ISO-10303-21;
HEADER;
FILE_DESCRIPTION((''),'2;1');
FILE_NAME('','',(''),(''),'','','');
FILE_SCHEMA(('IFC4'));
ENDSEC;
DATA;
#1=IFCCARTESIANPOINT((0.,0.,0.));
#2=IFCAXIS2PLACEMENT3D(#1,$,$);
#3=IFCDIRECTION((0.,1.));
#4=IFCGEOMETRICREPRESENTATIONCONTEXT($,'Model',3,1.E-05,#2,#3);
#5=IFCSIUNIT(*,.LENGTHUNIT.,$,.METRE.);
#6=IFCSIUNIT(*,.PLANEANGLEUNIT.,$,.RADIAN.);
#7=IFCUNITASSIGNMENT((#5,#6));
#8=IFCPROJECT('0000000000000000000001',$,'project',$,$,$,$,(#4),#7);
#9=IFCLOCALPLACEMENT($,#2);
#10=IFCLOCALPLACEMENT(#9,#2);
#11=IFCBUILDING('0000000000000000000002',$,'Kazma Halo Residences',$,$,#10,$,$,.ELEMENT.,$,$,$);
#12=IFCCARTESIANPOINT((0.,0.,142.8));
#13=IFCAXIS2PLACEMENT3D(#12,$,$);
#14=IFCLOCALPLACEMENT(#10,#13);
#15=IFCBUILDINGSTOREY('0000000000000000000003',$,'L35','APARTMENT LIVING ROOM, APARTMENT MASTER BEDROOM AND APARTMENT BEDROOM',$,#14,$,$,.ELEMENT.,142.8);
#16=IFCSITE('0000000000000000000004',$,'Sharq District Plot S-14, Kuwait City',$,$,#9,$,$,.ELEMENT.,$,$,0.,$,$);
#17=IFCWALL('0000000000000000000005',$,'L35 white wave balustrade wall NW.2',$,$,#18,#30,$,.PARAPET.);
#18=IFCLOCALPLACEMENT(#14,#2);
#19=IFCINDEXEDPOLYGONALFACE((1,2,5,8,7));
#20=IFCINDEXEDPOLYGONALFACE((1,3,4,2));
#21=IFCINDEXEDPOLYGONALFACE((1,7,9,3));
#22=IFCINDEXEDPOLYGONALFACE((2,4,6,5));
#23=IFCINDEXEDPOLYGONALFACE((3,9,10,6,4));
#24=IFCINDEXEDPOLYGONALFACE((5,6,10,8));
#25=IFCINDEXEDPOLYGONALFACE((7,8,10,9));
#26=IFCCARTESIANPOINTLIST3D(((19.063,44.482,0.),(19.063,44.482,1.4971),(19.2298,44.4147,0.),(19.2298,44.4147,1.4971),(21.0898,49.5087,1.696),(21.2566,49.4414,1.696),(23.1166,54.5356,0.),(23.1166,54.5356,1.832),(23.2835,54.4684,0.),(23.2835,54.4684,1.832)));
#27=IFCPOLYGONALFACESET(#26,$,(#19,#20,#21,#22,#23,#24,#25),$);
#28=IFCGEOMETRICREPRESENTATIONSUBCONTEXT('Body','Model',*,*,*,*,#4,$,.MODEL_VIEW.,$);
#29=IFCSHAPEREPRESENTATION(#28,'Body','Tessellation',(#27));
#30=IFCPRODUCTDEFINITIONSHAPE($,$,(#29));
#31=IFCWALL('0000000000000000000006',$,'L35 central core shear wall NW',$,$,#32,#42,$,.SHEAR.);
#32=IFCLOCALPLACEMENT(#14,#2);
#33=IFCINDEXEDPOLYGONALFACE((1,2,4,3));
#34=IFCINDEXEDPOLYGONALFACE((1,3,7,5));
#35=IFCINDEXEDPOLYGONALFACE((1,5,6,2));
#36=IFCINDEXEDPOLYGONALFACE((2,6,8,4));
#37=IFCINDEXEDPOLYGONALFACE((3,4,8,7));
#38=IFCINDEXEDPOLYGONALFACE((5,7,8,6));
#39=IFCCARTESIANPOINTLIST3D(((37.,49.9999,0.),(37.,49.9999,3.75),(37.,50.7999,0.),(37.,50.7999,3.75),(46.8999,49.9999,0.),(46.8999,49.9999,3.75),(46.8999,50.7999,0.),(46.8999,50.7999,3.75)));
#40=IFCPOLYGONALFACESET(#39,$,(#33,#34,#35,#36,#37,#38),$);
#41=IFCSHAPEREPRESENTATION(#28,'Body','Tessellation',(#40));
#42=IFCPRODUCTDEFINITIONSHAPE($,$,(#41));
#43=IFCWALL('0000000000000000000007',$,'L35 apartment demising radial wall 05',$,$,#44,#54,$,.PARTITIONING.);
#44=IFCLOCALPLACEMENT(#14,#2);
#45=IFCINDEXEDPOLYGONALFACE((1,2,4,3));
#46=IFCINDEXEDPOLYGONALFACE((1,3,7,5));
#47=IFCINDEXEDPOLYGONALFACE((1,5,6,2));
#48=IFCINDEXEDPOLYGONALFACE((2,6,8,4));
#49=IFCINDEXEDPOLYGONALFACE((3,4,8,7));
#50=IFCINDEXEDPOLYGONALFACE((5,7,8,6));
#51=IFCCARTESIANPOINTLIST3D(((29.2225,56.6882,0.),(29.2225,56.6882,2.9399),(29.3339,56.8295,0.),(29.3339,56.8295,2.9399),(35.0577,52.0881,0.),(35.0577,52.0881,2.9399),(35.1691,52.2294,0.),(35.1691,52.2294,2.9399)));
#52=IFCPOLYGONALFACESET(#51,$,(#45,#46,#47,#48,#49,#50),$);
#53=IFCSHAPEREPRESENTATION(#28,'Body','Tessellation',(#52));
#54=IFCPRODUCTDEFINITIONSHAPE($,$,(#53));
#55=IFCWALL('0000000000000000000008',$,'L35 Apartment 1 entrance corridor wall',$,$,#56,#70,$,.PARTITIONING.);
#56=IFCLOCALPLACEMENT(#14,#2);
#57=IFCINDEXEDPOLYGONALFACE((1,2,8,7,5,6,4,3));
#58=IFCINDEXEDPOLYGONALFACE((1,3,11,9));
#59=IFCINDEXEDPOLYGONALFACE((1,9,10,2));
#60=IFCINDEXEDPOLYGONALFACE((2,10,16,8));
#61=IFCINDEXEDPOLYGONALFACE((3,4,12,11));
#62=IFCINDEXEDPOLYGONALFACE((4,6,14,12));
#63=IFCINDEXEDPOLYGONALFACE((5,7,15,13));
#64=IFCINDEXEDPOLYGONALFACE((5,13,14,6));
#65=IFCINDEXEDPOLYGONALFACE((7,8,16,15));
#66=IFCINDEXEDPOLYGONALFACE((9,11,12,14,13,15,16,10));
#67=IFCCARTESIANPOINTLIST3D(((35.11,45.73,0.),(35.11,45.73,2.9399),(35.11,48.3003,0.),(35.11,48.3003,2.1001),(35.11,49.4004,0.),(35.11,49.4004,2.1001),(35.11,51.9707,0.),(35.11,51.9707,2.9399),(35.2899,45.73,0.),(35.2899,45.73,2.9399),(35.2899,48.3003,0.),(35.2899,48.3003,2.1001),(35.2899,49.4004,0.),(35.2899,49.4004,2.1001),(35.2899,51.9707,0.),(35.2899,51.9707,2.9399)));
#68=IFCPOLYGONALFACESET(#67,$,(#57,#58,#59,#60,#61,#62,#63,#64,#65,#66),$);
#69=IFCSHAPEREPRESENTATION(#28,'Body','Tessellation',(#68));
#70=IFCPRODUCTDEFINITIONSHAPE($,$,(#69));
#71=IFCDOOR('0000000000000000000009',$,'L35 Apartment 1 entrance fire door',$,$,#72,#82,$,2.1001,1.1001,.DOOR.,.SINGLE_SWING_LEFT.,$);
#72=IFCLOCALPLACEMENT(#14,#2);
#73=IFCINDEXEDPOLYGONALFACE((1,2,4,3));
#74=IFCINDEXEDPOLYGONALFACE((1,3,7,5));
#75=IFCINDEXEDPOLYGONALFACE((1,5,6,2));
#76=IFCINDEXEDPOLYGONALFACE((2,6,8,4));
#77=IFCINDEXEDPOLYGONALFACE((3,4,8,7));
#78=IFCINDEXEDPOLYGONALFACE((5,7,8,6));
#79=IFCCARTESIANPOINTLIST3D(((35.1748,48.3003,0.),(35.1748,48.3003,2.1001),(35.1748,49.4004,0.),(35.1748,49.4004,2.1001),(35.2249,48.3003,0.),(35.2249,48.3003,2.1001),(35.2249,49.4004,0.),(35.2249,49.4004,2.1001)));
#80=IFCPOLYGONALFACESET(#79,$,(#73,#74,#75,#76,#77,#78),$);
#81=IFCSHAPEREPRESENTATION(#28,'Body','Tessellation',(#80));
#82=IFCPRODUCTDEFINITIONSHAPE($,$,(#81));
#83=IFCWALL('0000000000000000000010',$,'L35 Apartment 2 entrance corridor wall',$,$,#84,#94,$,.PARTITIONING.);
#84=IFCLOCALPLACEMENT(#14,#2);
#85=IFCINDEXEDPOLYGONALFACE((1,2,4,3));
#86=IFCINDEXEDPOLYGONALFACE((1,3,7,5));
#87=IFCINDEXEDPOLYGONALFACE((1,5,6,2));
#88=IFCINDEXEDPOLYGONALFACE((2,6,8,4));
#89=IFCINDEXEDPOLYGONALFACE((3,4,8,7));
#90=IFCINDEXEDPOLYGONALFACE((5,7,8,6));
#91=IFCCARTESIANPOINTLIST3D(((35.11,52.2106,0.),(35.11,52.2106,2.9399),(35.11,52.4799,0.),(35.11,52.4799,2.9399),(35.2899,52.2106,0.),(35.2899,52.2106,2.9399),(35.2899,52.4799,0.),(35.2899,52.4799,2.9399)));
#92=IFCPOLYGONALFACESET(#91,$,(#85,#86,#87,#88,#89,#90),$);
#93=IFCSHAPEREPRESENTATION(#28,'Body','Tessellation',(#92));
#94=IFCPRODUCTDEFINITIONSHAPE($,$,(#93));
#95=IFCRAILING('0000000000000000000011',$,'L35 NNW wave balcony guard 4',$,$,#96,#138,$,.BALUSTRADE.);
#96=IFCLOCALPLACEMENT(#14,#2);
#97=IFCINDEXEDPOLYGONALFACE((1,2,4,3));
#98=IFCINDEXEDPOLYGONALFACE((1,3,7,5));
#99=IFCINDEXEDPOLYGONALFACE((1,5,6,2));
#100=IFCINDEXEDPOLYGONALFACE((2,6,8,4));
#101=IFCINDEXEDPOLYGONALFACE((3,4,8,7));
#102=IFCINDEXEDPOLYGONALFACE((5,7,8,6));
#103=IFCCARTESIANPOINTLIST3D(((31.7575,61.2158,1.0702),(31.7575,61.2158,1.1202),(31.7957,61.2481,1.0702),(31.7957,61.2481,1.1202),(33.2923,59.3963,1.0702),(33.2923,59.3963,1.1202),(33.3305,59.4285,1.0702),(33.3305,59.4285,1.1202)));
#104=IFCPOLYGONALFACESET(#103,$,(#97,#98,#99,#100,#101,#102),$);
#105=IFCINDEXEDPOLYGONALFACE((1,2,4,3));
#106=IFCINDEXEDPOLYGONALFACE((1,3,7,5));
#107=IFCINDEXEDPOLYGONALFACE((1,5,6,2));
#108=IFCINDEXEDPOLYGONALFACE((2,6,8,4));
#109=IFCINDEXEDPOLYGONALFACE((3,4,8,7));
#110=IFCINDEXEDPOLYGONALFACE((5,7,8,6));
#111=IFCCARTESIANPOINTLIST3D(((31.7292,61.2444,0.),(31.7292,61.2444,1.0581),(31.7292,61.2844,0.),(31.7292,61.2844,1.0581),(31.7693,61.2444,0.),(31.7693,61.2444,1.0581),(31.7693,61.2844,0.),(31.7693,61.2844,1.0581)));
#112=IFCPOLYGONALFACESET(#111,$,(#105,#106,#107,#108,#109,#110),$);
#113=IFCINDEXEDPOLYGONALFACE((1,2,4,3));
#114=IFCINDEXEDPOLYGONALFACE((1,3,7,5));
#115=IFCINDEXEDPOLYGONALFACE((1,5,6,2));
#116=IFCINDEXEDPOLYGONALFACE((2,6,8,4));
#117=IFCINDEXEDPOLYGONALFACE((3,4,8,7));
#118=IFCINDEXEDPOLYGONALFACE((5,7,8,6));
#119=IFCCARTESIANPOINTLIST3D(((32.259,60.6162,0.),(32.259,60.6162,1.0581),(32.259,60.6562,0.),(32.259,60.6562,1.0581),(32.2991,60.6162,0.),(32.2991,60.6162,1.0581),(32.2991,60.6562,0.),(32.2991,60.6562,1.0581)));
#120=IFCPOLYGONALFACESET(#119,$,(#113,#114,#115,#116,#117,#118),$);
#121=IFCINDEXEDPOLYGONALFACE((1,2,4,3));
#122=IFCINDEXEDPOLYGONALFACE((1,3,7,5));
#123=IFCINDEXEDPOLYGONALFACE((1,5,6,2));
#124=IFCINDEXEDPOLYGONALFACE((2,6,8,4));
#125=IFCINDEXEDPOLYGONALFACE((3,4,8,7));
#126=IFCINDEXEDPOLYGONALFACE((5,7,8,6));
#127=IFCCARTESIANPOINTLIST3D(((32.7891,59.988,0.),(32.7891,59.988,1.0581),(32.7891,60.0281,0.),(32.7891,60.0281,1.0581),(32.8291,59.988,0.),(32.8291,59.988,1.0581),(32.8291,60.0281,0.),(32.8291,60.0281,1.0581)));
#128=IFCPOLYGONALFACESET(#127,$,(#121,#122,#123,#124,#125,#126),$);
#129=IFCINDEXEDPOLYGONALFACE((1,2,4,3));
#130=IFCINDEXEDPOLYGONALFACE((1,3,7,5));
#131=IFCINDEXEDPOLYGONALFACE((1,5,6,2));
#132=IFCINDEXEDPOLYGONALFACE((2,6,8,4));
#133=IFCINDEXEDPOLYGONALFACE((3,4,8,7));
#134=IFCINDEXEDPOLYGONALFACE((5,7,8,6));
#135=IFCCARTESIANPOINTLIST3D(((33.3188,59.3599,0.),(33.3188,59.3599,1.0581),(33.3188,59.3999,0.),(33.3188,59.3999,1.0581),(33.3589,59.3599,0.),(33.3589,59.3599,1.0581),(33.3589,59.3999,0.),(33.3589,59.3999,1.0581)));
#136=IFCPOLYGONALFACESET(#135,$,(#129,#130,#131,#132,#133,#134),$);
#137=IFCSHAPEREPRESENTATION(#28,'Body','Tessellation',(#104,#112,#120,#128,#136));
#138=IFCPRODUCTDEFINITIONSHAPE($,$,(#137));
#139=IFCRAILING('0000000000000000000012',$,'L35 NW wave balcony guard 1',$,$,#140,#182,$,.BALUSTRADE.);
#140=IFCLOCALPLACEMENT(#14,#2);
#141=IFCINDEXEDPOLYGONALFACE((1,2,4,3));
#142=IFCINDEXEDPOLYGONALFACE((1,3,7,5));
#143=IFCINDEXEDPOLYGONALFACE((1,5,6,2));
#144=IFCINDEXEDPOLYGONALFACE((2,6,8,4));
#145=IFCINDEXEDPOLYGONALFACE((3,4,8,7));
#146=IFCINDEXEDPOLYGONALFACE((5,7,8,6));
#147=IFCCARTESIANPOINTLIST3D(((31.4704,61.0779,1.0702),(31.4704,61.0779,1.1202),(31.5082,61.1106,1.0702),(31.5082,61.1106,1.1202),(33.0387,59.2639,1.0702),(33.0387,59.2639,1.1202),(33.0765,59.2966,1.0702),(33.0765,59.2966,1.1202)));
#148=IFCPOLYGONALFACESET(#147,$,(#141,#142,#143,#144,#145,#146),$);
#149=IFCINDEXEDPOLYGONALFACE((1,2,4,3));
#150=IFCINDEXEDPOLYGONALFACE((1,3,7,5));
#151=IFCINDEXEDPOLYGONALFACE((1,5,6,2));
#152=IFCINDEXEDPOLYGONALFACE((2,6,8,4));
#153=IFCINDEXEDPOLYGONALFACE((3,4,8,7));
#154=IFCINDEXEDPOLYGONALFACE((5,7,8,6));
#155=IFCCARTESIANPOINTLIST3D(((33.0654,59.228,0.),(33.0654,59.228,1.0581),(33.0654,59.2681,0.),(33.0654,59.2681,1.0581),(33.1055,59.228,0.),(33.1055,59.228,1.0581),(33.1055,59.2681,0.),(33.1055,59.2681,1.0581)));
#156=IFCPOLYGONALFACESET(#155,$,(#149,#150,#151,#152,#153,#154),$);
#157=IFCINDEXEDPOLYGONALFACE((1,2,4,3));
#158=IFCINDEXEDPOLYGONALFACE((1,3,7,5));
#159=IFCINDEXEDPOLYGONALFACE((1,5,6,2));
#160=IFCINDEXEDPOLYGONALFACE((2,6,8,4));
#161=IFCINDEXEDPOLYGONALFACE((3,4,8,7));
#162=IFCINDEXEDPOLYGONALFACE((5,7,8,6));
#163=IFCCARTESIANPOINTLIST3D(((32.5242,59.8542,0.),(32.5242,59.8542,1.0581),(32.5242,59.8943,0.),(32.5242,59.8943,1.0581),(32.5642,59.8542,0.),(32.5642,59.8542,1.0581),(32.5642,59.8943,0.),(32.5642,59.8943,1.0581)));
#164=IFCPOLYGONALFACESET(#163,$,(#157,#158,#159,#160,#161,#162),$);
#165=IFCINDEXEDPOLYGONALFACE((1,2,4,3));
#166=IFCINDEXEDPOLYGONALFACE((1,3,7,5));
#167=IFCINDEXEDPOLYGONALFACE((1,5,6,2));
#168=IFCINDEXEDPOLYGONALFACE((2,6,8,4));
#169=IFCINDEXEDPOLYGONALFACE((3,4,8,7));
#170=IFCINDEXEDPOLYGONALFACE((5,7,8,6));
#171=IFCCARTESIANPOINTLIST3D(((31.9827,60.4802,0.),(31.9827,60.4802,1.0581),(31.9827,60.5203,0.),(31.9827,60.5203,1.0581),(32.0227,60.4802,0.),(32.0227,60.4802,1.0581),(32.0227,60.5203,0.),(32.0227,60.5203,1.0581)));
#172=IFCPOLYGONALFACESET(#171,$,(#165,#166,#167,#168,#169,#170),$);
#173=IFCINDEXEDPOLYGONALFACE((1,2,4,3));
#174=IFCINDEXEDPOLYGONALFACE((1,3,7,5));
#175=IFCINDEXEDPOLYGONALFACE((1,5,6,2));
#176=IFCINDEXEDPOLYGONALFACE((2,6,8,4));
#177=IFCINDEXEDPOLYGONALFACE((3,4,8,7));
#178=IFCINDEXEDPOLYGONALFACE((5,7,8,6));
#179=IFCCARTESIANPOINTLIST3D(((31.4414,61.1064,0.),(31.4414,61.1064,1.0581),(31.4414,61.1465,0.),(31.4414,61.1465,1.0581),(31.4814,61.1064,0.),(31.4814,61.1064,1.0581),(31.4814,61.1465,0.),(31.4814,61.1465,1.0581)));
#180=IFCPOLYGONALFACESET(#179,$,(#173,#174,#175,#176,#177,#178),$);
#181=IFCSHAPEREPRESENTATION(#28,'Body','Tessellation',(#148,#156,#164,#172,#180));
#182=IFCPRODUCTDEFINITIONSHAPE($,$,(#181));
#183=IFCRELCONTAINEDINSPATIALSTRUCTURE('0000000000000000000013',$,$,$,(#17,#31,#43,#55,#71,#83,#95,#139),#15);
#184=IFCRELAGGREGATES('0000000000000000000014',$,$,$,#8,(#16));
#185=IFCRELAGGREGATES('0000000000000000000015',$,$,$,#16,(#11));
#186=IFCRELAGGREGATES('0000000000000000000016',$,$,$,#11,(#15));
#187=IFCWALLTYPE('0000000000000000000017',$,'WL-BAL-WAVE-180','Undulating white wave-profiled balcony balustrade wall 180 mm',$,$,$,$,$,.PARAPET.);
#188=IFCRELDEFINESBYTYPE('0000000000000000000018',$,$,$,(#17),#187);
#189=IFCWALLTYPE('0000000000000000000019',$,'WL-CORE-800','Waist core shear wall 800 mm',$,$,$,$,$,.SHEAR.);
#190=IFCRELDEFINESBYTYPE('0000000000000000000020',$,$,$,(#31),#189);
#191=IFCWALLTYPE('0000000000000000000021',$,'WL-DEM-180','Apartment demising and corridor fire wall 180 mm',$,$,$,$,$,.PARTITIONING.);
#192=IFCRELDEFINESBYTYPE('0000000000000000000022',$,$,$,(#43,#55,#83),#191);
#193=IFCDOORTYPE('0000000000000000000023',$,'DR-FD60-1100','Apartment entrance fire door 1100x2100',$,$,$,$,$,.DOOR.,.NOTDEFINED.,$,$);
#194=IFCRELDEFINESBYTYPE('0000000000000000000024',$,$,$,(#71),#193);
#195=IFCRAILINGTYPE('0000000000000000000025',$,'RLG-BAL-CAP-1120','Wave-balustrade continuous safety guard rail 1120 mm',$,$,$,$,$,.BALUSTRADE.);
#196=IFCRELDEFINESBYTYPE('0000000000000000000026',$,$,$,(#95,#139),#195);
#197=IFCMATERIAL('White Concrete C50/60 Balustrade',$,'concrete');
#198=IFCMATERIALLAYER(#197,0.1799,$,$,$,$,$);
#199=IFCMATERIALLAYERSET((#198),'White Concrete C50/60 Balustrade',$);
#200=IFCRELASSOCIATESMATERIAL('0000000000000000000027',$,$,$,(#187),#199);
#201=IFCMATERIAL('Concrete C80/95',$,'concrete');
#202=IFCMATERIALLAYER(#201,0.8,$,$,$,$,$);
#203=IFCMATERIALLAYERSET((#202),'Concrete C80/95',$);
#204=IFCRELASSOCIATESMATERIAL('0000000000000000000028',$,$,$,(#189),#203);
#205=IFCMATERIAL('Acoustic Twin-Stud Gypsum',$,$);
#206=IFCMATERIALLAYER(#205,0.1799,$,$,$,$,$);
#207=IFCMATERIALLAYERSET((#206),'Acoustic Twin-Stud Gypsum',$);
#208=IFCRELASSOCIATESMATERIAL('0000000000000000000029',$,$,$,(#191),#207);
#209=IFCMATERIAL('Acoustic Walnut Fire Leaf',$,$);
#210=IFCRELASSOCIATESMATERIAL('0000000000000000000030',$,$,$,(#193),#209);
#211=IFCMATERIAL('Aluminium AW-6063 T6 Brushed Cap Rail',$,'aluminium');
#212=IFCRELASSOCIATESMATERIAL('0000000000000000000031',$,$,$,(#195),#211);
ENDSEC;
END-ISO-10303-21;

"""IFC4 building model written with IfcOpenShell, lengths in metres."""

from ifc_helpers import new_model, si_unit, direction, frame, frame_2d, origin, origin_2d, place, context, subcontext, project, spatial, polyline, rectangle, outline, extrude, material, layer, layer_set, type_object, element, fill, save


model = new_model("IFC4")

# Units and contexts
model_context = context("Model", 3, precision=1e-05, world=origin(), true_north=direction((0.0, 1.0)))
body_context = subcontext(model_context, "Body", "Model", "MODEL_VIEW")
ifc_project = project(units=[si_unit("LENGTHUNIT", "METRE"), si_unit("PLANEANGLEUNIT", "RADIAN")], contexts=[model_context])

# Site, building, storey
site_placement = place(None, origin())
site = spatial("IfcSite", under=ifc_project, at=site_placement, Name="Sharq District Plot S-14, Kuwait City", CompositionType="ELEMENT", RefElevation=0.0)
building_placement = place(site_placement, origin())
building = spatial("IfcBuilding", under=site, at=building_placement, Name="Kazma Halo Residences", CompositionType="ELEMENT")
storey_placement = place(building_placement, frame((0.0, 0.0, 142.8)))
storey = spatial("IfcBuildingStorey", under=building, at=storey_placement, Name="L35", Description="APARTMENT LIVING ROOM, APARTMENT MASTER BEDROOM AND APARTMENT BEDROOM", CompositionType="ELEMENT", Elevation=142.8)

# Shared definitions
ifc_material_1 = material(Name="Concrete C80/95", Category="concrete")

# Walls
ifc_material_2 = material(Name="White Concrete C50/60 Balustrade", Category="concrete")
ifc_layer_1 = layer(ifc_material_2, 0.1799)
ifc_layer_set_1 = layer_set([ifc_layer_1], Name="White Concrete C50/60 Balustrade")
wall_type_1 = type_object("IfcWallType", Name="WL-BAL-WAVE-180", Description="Undulating white wave-profiled balcony balustrade wall 180 mm", PredefinedType="PARAPET", material=ifc_layer_set_1)
wall_1_placement = place(storey_placement, frame((23.2002, 54.502, 0.0), z_axis=(0.0, 0.0, 1.0), x_axis=(-0.373952, -0.927448, 0.0)))
element("IfcWall", 1, at=wall_1_placement, inside=storey, type_object=wall_type_1, Name="L35 white wave balustrade wall NW.2", PredefinedType="PARAPET", context=body_context, shape_type="SweptSolid", body=[
    extrude(outline(polyline([(0.0, 0.0), (10.8401, 0.0), (10.8401, 1.4971), (5.4202, 1.696), (0.0, 1.832), (0.0, 0.0)])), frame((0.0, 0.0898, 0.0), z_axis=(0.0, -1.0, 0.0), x_axis=(1.0, 0.0, 0.0)), (0.0, 0.0, 1.0), 0.1799),
])
ifc_layer_2 = layer(ifc_material_1, 0.8)
ifc_layer_set_2 = layer_set([ifc_layer_2], Name="Concrete C80/95")
wall_type_2 = type_object("IfcWallType", Name="WL-CORE-800", Description="Waist core shear wall 800 mm", PredefinedType="SHEAR", material=ifc_layer_set_2)
wall_2_placement = place(storey_placement, frame((37.0, 50.3999, 0.0), z_axis=(0.0, 0.0, 1.0), x_axis=(1.0, 0.0, 0.0)))
element("IfcWall", 2, at=wall_2_placement, inside=storey, type_object=wall_type_2, Name="L35 central core shear wall NW", PredefinedType="SHEAR", context=body_context, shape_type="SweptSolid", body=[
    extrude(rectangle(XDim=9.8999, YDim=0.8, at=frame_2d((4.95, 0.0))), origin(), (0.0, 0.0, 1.0), 3.75),
])
ifc_material_3 = material(Name="Acoustic Twin-Stud Gypsum")
ifc_layer_3 = layer(ifc_material_3, 0.1799)
ifc_layer_set_3 = layer_set([ifc_layer_3], Name="Acoustic Twin-Stud Gypsum")
wall_type_3 = type_object("IfcWallType", Name="WL-DEM-180", Description="Apartment demising and corridor fire wall 180 mm", PredefinedType="PARTITIONING", material=ifc_layer_set_3)
wall_3_placement = place(storey_placement, frame((35.1135, 52.1587, 0.0), z_axis=(0.0, 0.0, 1.0), x_axis=(-0.785317, 0.619093, 0.0)))
element("IfcWall", 3, at=wall_3_placement, inside=storey, type_object=wall_type_3, Name="L35 apartment demising radial wall 05", PredefinedType="PARTITIONING", context=body_context, shape_type="SweptSolid", body=[
    extrude(rectangle(XDim=7.4304, YDim=0.1799, at=frame_2d((3.7153, 0.0))), origin(), (0.0, 0.0, 1.0), 2.9399),
])

# Wall, opening, door
wall_4_placement = place(storey_placement, frame((35.2, 51.9707, 0.0), z_axis=(0.0, 0.0, 1.0), x_axis=(0.0, -1.0, 0.0)))
wall_4 = element("IfcWall", 4, at=wall_4_placement, inside=storey, type_object=wall_type_3, Name="L35 Apartment 1 entrance corridor wall", PredefinedType="PARTITIONING", context=body_context, shape_type="SweptSolid", body=[
    extrude(rectangle(XDim=6.2407, YDim=0.1799, at=frame_2d((3.1204, 0.0))), origin(), (0.0, 0.0, 1.0), 2.9399),
])
opening_1_placement = place(wall_4_placement, frame((2.5703, 0.0, 0.0)))
opening_1 = element("IfcOpeningElement", 5, at=opening_1_placement, cuts=wall_4, PredefinedType="OPENING", context=body_context, shape_type="SweptSolid", body=[
    extrude(rectangle(XDim=1.1001, YDim=2.1001, at=frame_2d((0.55, 1.05))), frame((0.0, 0.0999, 0.0), z_axis=(0.0, -1.0, 0.0), x_axis=(1.0, 0.0, 0.0)), (0.0, 0.0, 1.0), 0.2),
])
ifc_material_4 = material(Name="Acoustic Walnut Fire Leaf")
door_type_1 = type_object("IfcDoorType", Name="DR-FD60-1100", Description="Apartment entrance fire door 1100x2100", OperationType="NOTDEFINED", PredefinedType="DOOR", material=ifc_material_4)
door_1_placement = place(opening_1_placement, origin())
door_1 = element("IfcDoor", 6, at=door_1_placement, inside=storey, type_object=door_type_1, Name="L35 Apartment 1 entrance fire door", OperationType="SINGLE_SWING_LEFT", OverallHeight=2.1001, OverallWidth=1.1001, PredefinedType="DOOR", context=body_context, shape_type="SweptSolid", body=[
    extrude(rectangle(XDim=1.1001, YDim=2.1001, at=frame_2d((0.55, 1.05))), frame((0.0, 0.0249, 0.0), z_axis=(0.0, -1.0, 0.0), x_axis=(1.0, 0.0, 0.0)), (0.0, 0.0, 1.0), 0.05),
])
fill(opening_1, door_1)

# Wall
wall_5_placement = place(storey_placement, frame((35.2, 52.48, 0.0), z_axis=(0.0, 0.0, 1.0), x_axis=(0.0, -1.0, 0.0)))
element("IfcWall", 7, at=wall_5_placement, inside=storey, type_object=wall_type_3, Name="L35 Apartment 2 entrance corridor wall", PredefinedType="PARTITIONING", context=body_context, shape_type="SweptSolid", body=[
    extrude(rectangle(XDim=0.2693, YDim=0.1799, at=frame_2d((0.1348, 0.0))), origin(), (0.0, 0.0, 1.0), 2.9399),
])

# Railings
ifc_material_5 = material(Name="Aluminium AW-6063 T6 Brushed Cap Rail", Category="aluminium")
railing_type = type_object("IfcRailingType", Name="RLG-BAL-CAP-1120", Description="Wave-balustrade continuous safety guard rail 1120 mm", PredefinedType="BALUSTRADE", material=ifc_material_5)
railing_1_placement = place(storey_placement, frame((31.7493, 61.2644, 0.0)))
element("IfcRailing", 8, at=railing_1_placement, inside=storey, type_object=railing_type, Name="L35 NNW wave balcony guard 4", PredefinedType="BALUSTRADE", context=body_context, shape_type="SweptSolid", body=[
    extrude(rectangle(XDim=0.05, YDim=0.05, at=origin_2d()), frame((0.0273, -0.0325, 1.0952), z_axis=(0.644761, -0.764385, 0.0), x_axis=(0.764385, 0.644761, 0.0)), (0.0, 0.0, 1.0), 2.3804),
    extrude(rectangle(XDim=0.04, YDim=0.04, at=origin_2d()), origin(), (0.0, 0.0, 1.0), 1.0581),
    extrude(rectangle(XDim=0.04, YDim=0.04, at=origin_2d()), frame((0.5298, -0.6282, 0.0)), (0.0, 0.0, 1.0), 1.0581),
    extrude(rectangle(XDim=0.04, YDim=0.04, at=origin_2d()), frame((1.0598, -1.2563, 0.0)), (0.0, 0.0, 1.0), 1.0581),
    extrude(rectangle(XDim=0.04, YDim=0.04, at=origin_2d()), frame((1.5896, -1.8845, 0.0)), (0.0, 0.0, 1.0), 1.0581),
])
railing_2_placement = place(storey_placement, frame((33.0854, 59.248, 0.0)))
element("IfcRailing", 9, at=railing_2_placement, inside=storey, type_object=railing_type, Name="L35 NW wave balcony guard 1", PredefinedType="BALUSTRADE", context=body_context, shape_type="SweptSolid", body=[
    extrude(rectangle(XDim=0.05, YDim=0.05, at=origin_2d()), frame((-0.0278, 0.0322, 1.0952), z_axis=(-0.654024, 0.756474, 0.0), x_axis=(-0.756474, -0.654024, 0.0)), (0.0, 0.0, 1.0), 2.3979),
    extrude(rectangle(XDim=0.04, YDim=0.04, at=origin_2d()), origin(), (0.0, 0.0, 1.0), 1.0581),
    extrude(rectangle(XDim=0.04, YDim=0.04, at=origin_2d()), frame((-0.5413, 0.6262, 0.0)), (0.0, 0.0, 1.0), 1.0581),
    extrude(rectangle(XDim=0.04, YDim=0.04, at=origin_2d()), frame((-1.0828, 1.2522, 0.0)), (0.0, 0.0, 1.0), 1.0581),
    extrude(rectangle(XDim=0.04, YDim=0.04, at=origin_2d()), frame((-1.624, 1.8784, 0.0)), (0.0, 0.0, 1.0), 1.0581),
])

save(model, "model.ifc")
